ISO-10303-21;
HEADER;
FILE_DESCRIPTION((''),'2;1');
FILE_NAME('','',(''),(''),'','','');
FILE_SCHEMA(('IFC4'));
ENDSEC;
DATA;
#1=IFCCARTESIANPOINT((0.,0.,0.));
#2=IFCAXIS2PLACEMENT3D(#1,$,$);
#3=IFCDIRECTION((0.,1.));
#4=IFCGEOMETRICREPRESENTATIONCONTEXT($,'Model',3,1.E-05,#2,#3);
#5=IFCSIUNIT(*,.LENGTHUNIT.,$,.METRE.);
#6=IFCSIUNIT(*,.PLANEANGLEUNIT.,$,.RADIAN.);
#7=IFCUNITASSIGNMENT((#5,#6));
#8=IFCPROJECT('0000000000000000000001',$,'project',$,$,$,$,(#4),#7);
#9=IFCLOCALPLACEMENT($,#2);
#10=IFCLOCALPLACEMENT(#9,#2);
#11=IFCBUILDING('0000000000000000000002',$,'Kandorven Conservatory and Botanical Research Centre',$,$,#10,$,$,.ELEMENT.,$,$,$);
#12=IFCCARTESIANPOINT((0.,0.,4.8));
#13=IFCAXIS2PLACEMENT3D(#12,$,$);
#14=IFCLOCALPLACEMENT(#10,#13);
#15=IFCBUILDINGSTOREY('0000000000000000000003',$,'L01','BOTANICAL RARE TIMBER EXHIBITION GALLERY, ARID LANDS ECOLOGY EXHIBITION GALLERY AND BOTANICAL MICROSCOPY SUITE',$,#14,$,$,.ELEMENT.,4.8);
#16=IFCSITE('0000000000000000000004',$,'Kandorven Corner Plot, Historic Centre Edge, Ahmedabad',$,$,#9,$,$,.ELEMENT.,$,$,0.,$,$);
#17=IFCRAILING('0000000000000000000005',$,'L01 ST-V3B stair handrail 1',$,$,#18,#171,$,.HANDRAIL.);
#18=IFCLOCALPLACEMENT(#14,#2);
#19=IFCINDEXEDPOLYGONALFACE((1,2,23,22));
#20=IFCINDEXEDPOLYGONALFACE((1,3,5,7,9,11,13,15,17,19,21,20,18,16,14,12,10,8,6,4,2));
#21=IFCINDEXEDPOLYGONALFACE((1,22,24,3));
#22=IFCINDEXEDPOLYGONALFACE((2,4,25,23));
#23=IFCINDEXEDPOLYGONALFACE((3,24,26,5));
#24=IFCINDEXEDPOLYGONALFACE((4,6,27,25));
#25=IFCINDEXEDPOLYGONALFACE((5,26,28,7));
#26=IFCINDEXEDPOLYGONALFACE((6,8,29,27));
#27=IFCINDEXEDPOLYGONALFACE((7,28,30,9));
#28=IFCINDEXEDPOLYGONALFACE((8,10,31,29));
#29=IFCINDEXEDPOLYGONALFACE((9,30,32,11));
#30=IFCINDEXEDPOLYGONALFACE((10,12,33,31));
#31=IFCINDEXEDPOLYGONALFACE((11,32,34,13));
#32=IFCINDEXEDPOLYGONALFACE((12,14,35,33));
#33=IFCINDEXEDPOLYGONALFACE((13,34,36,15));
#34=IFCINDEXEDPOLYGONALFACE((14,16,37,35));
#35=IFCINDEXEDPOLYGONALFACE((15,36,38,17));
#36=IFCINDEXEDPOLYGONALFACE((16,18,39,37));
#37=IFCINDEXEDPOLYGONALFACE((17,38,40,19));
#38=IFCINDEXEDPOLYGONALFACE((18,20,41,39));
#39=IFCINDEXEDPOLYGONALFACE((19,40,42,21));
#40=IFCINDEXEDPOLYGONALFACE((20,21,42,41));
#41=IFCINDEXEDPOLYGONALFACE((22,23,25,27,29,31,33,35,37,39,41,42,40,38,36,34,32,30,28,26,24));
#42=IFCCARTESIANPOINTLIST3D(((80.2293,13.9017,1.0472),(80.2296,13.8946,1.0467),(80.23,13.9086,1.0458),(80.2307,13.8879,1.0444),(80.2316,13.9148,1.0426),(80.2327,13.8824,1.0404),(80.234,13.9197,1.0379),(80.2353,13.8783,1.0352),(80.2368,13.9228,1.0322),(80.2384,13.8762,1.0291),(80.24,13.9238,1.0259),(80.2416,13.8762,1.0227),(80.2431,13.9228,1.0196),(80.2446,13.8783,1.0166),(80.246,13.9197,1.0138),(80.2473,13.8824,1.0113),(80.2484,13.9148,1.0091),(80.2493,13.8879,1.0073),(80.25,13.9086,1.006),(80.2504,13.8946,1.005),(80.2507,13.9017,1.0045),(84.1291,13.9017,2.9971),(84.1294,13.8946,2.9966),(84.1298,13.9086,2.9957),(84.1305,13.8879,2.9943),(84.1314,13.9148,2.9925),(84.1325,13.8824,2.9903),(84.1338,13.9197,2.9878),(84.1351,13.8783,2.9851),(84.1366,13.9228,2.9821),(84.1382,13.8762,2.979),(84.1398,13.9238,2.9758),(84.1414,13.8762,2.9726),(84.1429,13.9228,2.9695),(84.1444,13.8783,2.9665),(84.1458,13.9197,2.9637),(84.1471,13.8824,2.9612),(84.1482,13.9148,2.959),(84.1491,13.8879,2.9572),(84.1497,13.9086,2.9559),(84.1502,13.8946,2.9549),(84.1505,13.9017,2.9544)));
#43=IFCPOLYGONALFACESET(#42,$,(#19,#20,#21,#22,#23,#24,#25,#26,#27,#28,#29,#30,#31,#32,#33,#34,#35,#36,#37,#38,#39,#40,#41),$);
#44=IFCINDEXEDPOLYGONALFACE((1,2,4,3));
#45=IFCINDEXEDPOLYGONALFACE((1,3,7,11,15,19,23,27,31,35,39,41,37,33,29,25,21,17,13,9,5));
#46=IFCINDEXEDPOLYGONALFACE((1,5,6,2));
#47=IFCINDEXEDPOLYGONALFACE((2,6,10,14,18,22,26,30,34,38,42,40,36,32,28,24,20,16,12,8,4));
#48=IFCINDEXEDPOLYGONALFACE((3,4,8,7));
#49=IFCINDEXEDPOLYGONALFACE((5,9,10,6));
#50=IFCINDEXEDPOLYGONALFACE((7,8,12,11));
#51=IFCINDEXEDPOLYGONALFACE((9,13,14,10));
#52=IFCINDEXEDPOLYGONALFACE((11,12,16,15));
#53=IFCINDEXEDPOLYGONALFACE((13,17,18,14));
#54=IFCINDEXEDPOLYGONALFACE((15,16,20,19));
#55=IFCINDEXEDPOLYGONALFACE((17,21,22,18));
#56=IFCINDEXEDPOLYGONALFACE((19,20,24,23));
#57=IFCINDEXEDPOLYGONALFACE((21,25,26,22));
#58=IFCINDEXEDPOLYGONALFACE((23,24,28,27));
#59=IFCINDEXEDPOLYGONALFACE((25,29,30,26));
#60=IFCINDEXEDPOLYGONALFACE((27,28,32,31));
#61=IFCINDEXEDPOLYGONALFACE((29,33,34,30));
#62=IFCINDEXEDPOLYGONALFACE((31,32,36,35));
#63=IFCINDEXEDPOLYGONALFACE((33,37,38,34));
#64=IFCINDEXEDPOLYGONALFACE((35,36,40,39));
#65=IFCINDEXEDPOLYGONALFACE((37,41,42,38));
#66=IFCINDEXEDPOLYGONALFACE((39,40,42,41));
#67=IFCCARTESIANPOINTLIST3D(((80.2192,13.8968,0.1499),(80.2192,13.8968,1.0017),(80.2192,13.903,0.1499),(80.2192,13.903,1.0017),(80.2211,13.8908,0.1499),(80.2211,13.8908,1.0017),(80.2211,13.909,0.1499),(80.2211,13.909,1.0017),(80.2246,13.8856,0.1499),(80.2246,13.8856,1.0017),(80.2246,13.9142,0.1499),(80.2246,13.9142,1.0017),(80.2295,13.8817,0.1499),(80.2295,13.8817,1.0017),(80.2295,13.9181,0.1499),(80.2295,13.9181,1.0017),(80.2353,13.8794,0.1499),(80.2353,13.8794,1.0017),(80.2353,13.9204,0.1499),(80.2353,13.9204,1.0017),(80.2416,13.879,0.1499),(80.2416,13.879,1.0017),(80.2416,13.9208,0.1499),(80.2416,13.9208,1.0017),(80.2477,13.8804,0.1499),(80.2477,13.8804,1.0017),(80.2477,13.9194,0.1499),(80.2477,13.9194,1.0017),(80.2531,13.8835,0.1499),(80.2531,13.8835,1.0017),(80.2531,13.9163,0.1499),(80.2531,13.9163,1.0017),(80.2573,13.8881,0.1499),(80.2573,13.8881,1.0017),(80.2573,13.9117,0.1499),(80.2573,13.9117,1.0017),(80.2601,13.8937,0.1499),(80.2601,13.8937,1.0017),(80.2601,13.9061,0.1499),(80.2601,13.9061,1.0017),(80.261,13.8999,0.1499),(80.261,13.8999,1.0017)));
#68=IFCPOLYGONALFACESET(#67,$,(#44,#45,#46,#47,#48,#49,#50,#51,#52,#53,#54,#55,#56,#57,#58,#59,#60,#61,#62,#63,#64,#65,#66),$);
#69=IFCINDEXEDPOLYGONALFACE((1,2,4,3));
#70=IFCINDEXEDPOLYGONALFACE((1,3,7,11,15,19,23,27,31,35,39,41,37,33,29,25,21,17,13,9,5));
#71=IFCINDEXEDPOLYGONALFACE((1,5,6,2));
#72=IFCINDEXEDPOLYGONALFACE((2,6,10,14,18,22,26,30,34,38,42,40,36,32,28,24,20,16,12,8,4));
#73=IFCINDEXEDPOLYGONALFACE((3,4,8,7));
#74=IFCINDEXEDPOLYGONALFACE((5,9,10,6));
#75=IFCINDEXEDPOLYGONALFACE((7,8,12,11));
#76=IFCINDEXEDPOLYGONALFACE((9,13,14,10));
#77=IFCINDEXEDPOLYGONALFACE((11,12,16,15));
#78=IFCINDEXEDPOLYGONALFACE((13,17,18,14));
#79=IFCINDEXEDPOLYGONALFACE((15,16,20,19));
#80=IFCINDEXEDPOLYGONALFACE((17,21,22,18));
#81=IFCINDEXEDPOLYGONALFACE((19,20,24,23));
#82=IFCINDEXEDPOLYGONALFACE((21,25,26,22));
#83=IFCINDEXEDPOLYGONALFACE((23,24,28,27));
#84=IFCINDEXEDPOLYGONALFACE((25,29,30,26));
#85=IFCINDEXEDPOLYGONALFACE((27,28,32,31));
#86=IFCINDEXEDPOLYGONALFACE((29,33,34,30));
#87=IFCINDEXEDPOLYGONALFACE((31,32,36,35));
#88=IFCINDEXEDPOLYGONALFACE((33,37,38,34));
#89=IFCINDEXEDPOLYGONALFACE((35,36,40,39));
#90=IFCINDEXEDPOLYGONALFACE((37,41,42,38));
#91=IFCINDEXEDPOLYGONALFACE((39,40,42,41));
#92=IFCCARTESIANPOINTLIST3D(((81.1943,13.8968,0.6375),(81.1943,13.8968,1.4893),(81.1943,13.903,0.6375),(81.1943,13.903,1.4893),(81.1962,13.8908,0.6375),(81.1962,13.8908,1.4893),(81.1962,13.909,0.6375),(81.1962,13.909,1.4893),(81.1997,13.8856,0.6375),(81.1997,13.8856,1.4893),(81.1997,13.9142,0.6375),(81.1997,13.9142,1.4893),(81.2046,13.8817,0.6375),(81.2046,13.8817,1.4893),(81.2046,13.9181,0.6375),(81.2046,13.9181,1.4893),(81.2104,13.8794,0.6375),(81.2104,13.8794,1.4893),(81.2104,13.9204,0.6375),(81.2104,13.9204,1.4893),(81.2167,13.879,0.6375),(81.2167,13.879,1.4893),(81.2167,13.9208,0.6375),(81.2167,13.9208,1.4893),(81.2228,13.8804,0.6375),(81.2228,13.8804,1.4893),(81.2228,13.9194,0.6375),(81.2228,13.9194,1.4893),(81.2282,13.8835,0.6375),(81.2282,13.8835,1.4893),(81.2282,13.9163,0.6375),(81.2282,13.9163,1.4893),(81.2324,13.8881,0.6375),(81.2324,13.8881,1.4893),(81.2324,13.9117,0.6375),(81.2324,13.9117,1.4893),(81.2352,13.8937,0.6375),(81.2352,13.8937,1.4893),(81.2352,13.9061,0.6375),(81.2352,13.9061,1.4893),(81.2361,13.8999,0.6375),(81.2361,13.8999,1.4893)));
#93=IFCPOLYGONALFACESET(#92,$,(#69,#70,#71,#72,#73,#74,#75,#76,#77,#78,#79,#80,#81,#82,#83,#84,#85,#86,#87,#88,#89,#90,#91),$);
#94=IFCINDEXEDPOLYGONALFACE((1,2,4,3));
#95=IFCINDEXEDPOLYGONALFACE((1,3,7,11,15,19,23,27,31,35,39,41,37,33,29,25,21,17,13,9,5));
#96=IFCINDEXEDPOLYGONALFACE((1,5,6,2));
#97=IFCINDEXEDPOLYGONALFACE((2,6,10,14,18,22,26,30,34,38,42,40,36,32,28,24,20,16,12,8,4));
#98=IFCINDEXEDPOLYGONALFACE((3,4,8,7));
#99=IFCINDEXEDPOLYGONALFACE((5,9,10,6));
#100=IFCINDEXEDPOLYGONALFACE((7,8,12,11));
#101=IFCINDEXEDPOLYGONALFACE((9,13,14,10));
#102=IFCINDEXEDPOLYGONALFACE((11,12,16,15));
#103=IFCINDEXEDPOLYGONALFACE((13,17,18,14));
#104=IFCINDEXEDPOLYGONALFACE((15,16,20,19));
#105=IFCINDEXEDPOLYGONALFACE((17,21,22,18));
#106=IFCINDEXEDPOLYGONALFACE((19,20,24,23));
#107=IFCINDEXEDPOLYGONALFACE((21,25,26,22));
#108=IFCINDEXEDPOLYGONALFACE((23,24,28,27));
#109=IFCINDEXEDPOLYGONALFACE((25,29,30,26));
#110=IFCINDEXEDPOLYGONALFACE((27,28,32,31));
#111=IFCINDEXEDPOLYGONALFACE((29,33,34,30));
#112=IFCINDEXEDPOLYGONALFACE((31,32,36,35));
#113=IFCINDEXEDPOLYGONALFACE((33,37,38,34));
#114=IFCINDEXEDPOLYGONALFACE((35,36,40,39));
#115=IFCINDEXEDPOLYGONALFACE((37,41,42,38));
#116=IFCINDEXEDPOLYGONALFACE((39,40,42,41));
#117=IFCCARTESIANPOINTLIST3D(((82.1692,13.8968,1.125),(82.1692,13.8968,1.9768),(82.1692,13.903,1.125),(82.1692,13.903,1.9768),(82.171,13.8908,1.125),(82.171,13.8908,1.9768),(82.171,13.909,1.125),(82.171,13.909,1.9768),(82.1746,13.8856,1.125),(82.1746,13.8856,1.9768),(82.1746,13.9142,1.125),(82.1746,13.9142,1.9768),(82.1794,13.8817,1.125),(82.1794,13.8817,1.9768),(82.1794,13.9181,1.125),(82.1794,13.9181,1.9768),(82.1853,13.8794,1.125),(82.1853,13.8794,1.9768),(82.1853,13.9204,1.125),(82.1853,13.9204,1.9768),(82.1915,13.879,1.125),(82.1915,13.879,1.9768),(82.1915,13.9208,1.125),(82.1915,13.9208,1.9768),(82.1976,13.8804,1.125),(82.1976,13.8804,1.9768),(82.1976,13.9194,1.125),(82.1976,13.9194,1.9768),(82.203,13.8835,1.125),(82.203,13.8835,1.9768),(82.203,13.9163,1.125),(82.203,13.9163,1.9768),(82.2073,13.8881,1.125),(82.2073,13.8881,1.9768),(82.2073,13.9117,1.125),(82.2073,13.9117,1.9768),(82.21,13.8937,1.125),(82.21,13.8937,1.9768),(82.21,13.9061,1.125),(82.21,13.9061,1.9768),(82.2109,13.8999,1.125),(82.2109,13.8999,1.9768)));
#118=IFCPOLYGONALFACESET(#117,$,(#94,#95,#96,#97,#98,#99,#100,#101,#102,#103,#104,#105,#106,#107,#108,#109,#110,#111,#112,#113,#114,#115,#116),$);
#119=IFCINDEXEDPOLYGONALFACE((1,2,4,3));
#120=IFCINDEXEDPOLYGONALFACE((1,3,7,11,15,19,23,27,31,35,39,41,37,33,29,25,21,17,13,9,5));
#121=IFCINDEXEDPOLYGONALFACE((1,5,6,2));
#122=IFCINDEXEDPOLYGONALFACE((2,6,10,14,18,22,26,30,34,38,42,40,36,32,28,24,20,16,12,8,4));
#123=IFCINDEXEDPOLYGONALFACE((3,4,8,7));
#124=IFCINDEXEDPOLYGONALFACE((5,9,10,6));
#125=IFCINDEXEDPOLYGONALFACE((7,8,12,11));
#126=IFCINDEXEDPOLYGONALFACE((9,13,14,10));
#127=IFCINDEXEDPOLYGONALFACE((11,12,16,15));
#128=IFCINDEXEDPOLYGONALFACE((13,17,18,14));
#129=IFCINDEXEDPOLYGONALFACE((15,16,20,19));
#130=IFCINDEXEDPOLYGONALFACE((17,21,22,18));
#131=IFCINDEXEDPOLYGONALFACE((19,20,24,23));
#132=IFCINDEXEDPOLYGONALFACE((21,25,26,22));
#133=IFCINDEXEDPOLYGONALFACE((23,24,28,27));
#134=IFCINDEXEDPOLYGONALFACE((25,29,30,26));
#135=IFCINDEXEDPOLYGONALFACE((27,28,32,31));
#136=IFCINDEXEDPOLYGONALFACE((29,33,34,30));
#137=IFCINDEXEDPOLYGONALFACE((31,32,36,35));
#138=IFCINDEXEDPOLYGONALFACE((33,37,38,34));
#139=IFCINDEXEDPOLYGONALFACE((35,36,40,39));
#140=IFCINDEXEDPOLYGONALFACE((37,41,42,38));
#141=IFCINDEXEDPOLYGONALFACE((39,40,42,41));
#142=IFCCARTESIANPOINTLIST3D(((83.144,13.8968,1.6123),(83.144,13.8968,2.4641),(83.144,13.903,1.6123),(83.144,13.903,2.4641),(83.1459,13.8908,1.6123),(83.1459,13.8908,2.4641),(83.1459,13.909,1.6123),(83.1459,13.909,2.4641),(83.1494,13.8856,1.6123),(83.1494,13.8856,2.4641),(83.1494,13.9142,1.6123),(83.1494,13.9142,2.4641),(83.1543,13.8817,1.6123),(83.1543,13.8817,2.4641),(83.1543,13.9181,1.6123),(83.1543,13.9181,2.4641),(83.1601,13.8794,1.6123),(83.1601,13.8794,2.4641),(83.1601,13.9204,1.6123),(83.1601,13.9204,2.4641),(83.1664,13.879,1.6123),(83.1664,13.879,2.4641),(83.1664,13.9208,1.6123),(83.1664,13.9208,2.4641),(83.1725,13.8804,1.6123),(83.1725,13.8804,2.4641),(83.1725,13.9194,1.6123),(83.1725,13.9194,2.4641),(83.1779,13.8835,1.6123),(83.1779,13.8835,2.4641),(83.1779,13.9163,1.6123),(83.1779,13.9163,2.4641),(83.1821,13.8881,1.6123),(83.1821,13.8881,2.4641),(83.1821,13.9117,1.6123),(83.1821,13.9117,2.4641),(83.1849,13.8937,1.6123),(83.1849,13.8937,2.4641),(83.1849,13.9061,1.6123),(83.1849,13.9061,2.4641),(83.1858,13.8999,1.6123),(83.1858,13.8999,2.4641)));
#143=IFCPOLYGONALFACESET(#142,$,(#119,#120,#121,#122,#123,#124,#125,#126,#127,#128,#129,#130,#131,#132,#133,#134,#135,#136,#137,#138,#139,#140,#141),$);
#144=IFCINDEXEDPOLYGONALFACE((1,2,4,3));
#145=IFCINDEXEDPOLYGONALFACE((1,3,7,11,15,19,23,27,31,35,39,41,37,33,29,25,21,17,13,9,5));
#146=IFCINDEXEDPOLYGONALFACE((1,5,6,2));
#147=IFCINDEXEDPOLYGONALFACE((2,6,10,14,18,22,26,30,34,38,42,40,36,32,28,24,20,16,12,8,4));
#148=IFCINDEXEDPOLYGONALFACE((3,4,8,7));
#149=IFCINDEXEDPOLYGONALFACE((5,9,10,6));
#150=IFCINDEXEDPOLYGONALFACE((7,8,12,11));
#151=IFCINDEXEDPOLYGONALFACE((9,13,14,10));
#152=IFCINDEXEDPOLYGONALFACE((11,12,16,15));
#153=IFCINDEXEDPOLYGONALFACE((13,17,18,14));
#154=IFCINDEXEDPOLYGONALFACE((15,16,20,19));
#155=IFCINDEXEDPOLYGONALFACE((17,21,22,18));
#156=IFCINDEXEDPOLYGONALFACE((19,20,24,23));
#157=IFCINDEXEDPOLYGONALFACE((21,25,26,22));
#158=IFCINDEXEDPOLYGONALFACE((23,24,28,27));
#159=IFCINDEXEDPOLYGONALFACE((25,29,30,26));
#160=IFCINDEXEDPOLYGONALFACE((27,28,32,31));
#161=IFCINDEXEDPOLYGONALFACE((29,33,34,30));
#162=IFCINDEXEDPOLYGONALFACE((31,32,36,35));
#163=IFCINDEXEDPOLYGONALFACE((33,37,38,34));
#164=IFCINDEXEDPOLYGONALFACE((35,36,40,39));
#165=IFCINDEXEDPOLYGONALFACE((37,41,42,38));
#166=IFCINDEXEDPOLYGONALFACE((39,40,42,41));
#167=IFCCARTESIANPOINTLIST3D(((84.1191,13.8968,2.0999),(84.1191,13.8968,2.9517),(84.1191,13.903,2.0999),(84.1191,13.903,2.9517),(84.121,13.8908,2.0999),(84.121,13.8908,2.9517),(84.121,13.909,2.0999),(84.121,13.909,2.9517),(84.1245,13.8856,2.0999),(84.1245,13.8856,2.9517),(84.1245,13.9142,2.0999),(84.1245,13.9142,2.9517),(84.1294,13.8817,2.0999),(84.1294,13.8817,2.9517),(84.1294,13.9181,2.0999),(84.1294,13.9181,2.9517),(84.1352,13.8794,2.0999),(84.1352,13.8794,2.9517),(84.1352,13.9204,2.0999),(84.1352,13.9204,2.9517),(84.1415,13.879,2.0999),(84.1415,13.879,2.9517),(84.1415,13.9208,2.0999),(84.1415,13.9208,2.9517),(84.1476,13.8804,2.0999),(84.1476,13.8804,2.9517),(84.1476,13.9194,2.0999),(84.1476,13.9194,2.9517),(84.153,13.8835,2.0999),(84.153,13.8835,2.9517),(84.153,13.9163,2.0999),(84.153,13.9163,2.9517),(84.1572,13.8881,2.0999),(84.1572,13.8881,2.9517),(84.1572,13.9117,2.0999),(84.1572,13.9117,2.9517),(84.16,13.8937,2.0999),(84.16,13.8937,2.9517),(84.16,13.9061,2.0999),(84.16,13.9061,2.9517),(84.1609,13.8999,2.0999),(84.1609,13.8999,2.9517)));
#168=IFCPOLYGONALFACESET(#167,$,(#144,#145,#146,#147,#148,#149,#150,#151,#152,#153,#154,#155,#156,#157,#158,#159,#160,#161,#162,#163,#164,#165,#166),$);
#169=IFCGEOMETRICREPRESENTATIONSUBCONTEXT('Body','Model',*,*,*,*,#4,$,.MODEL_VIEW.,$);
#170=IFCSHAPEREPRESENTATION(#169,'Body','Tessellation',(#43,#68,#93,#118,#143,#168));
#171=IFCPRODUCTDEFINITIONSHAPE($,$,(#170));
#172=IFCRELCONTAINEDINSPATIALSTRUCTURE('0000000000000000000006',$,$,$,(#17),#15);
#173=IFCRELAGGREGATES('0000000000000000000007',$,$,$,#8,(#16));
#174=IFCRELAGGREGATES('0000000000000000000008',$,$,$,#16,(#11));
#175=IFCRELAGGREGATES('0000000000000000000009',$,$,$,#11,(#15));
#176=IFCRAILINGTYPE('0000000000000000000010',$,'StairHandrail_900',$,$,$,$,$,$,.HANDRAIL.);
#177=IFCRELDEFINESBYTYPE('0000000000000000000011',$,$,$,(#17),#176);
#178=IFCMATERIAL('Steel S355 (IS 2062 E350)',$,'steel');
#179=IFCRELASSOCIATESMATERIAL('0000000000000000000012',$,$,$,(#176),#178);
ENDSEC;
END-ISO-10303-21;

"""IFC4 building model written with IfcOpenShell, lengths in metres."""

from ifc_helpers import new_model, si_unit, direction, frame, origin, origin_2d, place, context, subcontext, project, spatial, circle, extrude, material, type_object, element, save


model = new_model("IFC4")

# Units and contexts
model_context = context("Model", 3, precision=1e-05, world=origin(), true_north=direction((0.0, 1.0)))
body_context = subcontext(model_context, "Body", "Model", "MODEL_VIEW")
ifc_project = project(units=[si_unit("LENGTHUNIT", "METRE"), si_unit("PLANEANGLEUNIT", "RADIAN")], contexts=[model_context])

# Site, building, storey
site_placement = place(None, origin())
site = spatial("IfcSite", under=ifc_project, at=site_placement, Name="Kandorven Corner Plot, Historic Centre Edge, Ahmedabad", CompositionType="ELEMENT", RefElevation=0.0)
building_placement = place(site_placement, origin())
building = spatial("IfcBuilding", under=site, at=building_placement, Name="Kandorven Conservatory and Botanical Research Centre", CompositionType="ELEMENT")
storey_placement = place(building_placement, frame((0.0, 0.0, 4.8)))
storey = spatial("IfcBuildingStorey", under=building, at=storey_placement, Name="L01", Description="BOTANICAL RARE TIMBER EXHIBITION GALLERY, ARID LANDS ECOLOGY EXHIBITION GALLERY AND BOTANICAL MICROSCOPY SUITE", CompositionType="ELEMENT", Elevation=4.8)

# Railing
ifc_material_1 = material(Name="Steel S355 (IS 2062 E350)", Category="steel")
railing_type_1 = type_object("IfcRailingType", Name="StairHandrail_900", PredefinedType="HANDRAIL", material=ifc_material_1)
railing_1_placement = place(storey_placement, frame((80.24, 13.8999, 0.1499)))
element("IfcRailing", 1, at=railing_1_placement, inside=storey, type_object=railing_type_1, Name="L01 ST-V3B stair handrail 1", PredefinedType="HANDRAIL", context=body_context, shape_type="SweptSolid", body=[
    extrude(circle(Radius=0.0239, at=origin_2d()), frame((0.0, 0.0, 0.876), z_axis=(0.894427, 0.0, 0.447214), x_axis=(0.0, 1.0, 0.0)), (0.0, 0.0, 1.0), 4.3601),
    extrude(circle(Radius=0.021, at=origin_2d()), origin(), (0.0, 0.0, 1.0), 0.8518),
    extrude(circle(Radius=0.021, at=origin_2d()), frame((0.9751, 0.0, 0.4875)), (0.0, 0.0, 1.0), 0.8518),
    extrude(circle(Radius=0.021, at=origin_2d()), frame((1.95, 0.0, 0.9751)), (0.0, 0.0, 1.0), 0.8518),
    extrude(circle(Radius=0.021, at=origin_2d()), frame((2.9248, 0.0, 1.4624)), (0.0, 0.0, 1.0), 0.8518),
    extrude(circle(Radius=0.021, at=origin_2d()), frame((3.8999, 0.0, 1.95)), (0.0, 0.0, 1.0), 0.8518),
])

save(model, "model.ifc")
